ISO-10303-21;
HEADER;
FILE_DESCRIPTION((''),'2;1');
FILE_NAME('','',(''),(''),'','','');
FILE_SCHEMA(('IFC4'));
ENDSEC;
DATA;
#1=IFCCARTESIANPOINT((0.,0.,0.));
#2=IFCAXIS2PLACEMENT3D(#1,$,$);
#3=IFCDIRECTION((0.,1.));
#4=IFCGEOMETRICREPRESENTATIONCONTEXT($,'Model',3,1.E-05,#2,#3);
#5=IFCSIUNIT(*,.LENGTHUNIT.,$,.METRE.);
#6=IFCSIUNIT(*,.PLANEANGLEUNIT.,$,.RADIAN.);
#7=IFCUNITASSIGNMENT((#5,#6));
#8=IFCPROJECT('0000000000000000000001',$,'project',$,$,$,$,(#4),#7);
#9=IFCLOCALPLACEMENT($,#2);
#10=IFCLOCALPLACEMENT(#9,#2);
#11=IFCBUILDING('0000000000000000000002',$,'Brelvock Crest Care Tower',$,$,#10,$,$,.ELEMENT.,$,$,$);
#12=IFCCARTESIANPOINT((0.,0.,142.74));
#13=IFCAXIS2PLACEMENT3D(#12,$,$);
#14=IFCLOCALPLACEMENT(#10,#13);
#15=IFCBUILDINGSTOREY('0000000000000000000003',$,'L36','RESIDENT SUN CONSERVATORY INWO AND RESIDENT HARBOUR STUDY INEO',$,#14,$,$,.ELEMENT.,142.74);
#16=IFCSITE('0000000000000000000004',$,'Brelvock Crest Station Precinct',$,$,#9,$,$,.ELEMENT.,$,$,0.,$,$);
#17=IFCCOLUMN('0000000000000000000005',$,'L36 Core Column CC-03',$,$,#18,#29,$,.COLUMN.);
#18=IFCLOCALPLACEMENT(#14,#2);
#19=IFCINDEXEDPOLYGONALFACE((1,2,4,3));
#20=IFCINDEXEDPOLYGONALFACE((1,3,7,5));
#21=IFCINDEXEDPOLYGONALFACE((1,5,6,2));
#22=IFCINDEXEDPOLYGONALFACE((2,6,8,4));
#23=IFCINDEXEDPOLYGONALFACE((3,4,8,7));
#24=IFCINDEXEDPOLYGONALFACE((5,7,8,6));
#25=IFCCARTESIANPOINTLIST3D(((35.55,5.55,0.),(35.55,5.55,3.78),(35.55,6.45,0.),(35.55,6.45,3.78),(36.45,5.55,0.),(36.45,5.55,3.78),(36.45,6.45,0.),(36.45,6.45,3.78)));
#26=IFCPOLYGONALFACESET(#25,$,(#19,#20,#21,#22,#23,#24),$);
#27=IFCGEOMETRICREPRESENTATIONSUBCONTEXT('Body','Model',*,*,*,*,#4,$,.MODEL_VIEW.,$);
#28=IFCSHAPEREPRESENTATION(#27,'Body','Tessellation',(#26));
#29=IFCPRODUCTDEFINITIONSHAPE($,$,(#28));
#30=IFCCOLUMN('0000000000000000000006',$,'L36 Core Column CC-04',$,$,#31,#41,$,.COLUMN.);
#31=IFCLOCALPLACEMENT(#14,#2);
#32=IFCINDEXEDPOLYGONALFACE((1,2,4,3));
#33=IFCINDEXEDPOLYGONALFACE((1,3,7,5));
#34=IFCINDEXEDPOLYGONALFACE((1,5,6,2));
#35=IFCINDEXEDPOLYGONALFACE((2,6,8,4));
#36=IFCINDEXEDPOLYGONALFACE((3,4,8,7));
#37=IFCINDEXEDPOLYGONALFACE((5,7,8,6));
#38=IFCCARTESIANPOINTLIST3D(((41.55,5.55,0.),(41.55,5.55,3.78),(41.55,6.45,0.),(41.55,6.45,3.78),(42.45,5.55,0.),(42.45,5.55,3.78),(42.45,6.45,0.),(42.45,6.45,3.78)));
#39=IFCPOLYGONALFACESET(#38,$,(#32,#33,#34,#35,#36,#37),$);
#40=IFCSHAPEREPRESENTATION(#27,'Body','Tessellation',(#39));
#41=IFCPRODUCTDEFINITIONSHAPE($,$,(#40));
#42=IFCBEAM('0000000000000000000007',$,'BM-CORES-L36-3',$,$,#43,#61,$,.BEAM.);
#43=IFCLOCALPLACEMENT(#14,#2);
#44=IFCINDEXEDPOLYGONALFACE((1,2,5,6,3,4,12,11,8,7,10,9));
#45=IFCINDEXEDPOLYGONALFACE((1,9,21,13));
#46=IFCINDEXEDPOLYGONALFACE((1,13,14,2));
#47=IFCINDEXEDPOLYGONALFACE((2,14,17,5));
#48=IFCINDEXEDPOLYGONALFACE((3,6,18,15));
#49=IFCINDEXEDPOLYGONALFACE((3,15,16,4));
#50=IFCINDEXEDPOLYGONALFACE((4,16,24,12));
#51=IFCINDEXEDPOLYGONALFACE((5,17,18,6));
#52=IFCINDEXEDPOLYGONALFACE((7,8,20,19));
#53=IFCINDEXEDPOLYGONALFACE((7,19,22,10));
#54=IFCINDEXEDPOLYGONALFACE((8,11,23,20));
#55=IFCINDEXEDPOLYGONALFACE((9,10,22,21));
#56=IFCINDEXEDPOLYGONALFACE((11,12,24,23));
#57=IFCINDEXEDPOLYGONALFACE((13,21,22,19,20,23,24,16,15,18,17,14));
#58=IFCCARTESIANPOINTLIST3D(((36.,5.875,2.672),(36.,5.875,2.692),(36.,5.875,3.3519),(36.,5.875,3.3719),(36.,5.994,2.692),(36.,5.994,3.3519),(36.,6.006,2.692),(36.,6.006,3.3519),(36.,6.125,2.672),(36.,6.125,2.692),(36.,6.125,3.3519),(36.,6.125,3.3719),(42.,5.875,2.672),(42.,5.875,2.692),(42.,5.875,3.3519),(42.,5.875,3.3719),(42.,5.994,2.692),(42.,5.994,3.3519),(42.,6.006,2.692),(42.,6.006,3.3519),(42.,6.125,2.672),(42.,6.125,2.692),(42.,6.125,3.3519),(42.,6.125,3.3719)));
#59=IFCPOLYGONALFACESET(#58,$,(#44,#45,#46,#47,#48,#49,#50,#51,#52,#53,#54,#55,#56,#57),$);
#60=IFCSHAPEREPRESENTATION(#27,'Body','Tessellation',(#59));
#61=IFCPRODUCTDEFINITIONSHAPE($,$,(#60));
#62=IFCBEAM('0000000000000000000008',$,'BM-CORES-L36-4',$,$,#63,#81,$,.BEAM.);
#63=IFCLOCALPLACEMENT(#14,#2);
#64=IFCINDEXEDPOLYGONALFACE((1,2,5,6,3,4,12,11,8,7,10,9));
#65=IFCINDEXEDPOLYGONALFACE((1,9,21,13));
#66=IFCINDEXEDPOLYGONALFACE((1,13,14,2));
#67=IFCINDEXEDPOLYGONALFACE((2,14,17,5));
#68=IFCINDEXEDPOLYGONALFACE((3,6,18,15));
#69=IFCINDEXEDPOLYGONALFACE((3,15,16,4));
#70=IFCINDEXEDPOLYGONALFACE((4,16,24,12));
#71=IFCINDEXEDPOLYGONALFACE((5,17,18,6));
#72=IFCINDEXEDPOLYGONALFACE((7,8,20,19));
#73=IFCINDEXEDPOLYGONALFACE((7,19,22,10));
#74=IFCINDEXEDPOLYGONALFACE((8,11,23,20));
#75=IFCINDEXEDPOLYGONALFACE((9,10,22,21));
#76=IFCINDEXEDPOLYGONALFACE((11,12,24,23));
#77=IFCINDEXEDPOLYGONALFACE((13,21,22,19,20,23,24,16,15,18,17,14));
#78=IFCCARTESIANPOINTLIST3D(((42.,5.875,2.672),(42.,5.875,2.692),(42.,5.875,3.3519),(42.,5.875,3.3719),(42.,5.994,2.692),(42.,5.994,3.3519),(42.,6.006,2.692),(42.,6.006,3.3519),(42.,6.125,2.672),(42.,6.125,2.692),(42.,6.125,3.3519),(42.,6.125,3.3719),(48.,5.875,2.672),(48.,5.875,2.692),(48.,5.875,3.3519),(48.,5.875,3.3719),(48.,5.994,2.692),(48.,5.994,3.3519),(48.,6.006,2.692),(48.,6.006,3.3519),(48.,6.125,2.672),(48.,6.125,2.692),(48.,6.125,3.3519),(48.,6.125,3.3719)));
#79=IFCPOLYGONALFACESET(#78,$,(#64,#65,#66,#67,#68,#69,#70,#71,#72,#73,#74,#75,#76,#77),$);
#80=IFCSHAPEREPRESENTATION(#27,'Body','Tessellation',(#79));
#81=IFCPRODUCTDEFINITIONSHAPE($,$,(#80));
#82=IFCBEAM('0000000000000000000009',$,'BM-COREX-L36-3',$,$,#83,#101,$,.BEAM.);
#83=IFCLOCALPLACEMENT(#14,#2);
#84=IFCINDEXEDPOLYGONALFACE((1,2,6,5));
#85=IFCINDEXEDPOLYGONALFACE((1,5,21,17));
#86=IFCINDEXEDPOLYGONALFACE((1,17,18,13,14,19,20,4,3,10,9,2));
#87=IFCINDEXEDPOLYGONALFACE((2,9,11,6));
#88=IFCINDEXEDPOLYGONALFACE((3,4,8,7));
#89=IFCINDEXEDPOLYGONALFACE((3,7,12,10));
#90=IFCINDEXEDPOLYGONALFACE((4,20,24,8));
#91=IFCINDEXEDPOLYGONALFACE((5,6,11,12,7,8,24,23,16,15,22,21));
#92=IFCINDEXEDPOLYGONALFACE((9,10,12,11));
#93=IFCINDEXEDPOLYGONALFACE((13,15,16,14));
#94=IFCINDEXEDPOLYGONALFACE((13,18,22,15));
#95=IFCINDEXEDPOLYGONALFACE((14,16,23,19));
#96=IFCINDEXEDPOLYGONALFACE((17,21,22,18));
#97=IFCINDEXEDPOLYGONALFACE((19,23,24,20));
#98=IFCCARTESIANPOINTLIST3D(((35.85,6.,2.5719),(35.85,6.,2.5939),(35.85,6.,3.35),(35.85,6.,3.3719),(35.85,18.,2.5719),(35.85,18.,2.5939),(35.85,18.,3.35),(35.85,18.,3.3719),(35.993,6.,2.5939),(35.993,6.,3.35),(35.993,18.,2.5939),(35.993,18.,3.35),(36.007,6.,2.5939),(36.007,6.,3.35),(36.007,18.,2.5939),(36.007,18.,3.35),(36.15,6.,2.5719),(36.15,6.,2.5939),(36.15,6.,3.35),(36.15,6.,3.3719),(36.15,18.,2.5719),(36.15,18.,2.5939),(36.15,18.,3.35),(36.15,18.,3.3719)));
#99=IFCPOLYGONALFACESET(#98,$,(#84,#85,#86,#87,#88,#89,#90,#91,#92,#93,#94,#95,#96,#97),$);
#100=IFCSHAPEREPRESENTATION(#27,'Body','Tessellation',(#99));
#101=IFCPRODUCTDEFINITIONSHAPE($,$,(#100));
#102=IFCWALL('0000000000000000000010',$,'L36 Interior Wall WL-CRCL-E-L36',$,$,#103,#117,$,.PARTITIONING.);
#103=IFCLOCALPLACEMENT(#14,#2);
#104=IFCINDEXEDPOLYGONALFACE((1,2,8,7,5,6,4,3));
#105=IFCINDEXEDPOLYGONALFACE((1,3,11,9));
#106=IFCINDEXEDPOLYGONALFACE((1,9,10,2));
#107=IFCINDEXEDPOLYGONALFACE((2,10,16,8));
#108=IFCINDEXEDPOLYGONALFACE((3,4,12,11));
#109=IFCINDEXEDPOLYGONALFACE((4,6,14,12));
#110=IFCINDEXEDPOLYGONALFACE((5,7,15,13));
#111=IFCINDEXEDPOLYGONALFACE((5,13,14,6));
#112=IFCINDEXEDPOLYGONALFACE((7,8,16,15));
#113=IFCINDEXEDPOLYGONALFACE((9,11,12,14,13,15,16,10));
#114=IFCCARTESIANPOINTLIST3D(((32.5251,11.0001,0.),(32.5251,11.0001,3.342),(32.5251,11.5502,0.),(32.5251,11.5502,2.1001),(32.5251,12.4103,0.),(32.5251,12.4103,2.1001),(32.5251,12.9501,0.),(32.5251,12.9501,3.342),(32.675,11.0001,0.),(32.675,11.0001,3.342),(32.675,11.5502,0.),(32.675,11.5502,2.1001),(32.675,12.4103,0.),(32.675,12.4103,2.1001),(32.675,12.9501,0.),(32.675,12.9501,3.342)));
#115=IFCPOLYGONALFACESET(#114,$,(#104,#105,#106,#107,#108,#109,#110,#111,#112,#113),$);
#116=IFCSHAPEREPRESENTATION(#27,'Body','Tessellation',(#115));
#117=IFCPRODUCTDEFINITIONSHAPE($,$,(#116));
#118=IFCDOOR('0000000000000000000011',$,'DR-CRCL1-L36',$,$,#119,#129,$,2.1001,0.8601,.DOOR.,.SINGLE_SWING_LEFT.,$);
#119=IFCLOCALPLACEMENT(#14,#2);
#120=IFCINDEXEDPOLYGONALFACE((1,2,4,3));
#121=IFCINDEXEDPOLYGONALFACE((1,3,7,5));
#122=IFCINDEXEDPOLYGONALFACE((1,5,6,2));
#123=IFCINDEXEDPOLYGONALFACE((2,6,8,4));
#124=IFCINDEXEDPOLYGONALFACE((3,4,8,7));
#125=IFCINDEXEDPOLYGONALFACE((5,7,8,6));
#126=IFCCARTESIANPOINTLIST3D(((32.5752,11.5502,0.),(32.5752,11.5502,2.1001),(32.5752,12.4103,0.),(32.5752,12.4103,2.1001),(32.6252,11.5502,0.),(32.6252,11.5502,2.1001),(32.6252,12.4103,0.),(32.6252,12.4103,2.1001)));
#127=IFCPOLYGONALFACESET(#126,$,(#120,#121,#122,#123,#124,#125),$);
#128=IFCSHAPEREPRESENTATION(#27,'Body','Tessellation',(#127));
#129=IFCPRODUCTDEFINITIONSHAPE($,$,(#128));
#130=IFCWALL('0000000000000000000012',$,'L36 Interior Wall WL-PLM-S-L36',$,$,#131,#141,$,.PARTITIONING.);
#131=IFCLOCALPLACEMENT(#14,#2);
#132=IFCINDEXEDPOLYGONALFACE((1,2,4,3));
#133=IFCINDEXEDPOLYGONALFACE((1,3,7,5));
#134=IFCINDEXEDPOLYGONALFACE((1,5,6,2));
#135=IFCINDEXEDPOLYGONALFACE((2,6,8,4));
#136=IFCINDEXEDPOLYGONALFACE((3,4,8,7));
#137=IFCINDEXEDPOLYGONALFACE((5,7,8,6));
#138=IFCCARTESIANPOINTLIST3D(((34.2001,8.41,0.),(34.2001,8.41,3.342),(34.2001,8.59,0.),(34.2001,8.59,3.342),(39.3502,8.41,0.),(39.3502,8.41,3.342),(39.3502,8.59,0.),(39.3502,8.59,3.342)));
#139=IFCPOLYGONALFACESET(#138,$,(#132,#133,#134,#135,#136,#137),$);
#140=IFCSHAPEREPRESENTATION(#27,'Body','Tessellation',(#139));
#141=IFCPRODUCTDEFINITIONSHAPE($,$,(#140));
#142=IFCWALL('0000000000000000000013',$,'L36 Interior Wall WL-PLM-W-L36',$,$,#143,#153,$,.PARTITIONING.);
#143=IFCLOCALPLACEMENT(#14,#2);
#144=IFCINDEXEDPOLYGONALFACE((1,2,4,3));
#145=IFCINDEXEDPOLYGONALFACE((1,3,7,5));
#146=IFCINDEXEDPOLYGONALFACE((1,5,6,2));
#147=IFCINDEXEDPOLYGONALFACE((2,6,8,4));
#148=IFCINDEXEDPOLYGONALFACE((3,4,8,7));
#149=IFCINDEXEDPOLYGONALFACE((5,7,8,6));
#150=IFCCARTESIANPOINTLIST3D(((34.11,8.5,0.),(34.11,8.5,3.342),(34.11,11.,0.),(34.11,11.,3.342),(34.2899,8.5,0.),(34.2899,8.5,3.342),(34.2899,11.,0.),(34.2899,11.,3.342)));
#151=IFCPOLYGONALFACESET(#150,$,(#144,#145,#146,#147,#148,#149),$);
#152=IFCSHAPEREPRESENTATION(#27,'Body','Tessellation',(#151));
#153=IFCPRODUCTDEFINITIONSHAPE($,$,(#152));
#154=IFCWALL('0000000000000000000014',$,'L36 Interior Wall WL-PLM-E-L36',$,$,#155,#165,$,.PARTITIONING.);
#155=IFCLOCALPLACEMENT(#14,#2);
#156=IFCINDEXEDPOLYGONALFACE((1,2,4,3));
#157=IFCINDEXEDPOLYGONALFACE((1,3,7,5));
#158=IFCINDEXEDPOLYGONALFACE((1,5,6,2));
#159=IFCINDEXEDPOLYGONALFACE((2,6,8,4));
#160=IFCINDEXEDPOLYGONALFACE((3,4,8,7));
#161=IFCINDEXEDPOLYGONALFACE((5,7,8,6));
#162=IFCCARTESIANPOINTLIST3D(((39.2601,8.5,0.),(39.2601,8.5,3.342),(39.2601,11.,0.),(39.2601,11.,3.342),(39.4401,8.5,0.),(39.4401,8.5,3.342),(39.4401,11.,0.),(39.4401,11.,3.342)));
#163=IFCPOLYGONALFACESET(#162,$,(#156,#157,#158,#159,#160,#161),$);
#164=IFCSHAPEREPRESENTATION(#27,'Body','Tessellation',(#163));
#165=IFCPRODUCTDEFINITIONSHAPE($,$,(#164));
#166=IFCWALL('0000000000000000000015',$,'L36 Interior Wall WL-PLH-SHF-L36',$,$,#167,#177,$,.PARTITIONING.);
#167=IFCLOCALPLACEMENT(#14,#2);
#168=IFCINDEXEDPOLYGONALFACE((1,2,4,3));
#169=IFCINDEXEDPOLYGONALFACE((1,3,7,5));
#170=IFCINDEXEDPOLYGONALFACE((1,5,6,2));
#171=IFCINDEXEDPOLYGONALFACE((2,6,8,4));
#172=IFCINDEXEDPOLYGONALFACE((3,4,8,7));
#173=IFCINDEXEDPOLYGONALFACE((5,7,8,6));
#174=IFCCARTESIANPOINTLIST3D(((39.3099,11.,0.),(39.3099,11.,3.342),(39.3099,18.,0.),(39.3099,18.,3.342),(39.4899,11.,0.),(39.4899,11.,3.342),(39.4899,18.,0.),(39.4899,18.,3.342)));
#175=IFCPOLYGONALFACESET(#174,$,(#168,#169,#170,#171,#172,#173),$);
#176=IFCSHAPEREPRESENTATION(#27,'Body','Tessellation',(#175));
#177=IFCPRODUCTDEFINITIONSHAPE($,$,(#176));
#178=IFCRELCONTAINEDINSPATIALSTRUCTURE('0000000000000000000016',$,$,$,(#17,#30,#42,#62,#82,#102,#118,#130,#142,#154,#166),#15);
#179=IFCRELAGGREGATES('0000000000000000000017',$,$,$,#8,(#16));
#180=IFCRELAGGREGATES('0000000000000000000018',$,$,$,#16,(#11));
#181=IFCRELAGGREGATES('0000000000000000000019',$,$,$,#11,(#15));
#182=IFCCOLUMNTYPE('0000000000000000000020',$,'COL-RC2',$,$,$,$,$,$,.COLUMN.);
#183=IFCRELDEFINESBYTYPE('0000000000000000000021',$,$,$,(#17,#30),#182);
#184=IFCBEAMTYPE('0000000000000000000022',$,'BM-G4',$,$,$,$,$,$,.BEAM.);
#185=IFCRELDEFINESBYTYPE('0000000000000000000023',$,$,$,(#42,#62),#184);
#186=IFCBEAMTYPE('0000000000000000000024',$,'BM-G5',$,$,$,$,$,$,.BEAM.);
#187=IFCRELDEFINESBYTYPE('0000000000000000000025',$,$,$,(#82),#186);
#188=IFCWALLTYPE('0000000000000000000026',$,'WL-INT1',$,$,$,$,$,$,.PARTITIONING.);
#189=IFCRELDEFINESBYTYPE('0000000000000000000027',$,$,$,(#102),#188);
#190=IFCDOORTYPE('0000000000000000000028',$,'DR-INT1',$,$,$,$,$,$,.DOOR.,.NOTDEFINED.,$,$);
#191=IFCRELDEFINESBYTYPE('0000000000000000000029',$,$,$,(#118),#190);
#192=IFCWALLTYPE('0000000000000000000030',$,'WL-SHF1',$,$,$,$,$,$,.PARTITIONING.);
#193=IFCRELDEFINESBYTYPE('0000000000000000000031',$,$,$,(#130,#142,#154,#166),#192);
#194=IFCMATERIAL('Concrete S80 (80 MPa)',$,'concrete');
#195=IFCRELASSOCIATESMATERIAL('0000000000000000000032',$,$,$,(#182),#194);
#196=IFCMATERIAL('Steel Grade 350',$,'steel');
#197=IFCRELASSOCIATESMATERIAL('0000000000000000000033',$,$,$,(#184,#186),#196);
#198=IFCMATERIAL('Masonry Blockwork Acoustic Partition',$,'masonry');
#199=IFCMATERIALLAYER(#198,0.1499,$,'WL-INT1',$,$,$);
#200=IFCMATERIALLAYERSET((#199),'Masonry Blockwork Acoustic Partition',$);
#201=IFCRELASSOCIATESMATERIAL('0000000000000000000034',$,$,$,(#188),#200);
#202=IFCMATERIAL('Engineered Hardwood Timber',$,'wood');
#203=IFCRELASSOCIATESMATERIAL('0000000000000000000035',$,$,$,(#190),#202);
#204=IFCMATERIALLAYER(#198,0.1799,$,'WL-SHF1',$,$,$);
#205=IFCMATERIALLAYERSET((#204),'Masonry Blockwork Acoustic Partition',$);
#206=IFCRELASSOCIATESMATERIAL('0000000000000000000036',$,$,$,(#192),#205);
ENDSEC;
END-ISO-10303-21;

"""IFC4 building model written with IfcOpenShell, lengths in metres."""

from ifc_helpers import new_model, si_unit, direction, frame, frame_2d, origin, origin_2d, place, context, subcontext, project, spatial, rectangle, i_section, extrude, source, transform, mapped, material, layer, layer_set, material_profile, profile_set, type_object, element, fill, save


model = new_model("IFC4")

# Units and contexts
model_context = context("Model", 3, precision=1e-05, world=origin(), true_north=direction((0.0, 1.0)))
body_context = subcontext(model_context, "Body", "Model", "MODEL_VIEW")
ifc_project = project(units=[si_unit("LENGTHUNIT", "METRE"), si_unit("PLANEANGLEUNIT", "RADIAN")], contexts=[model_context])

# Site, building, storey
site_placement = place(None, origin())
site = spatial("IfcSite", under=ifc_project, at=site_placement, Name="Brelvock Crest Station Precinct", CompositionType="ELEMENT", RefElevation=0.0)
building_placement = place(site_placement, origin())
building = spatial("IfcBuilding", under=site, at=building_placement, Name="Brelvock Crest Care Tower", CompositionType="ELEMENT")
storey_placement = place(building_placement, frame((0.0, 0.0, 142.74)))
storey = spatial("IfcBuildingStorey", under=building, at=storey_placement, Name="L36", Description="RESIDENT SUN CONSERVATORY INWO AND RESIDENT HARBOUR STUDY INEO", CompositionType="ELEMENT", Elevation=142.74)

# Columns
ifc_material_1 = material(Name="Concrete S80 (80 MPa)", Category="concrete")
ifc_material_profile_1 = material_profile(ifc_material_1, rectangle(XDim=0.8999, YDim=0.8999, at=origin_2d()), Name="RC900x900")
ifc_profile_set_1 = profile_set([ifc_material_profile_1], Name="Concrete S80 (80 MPa)")
column_type = type_object("IfcColumnType", Name="COL-RC2", PredefinedType="COLUMN", material=ifc_profile_set_1)
shared_shape_1 = source(origin(), body_context, "Body", "SweptSolid", [
    extrude(rectangle(XDim=0.8999, YDim=0.8999, at=origin_2d()), origin(), (0.0, 0.0, 1.0), 3.78),
])
for number, where, z_axis, x_axis, name in (
    (1, (36.0, 6.0, 0.0), (0.0, 0.0, 1.0), (1.0, 0.0, 0.0), "L36 Core Column CC-03"),
    (2, (42.0, 6.0, 0.0), (0.0, 0.0, 1.0), (1.0, 0.0, 0.0), "L36 Core Column CC-04"),
):
    element("IfcColumn", number, at=place(storey_placement, frame(where, z_axis=z_axis, x_axis=x_axis)), inside=storey, type_object=column_type, Name=name, PredefinedType="COLUMN", context=body_context, shape_type="MappedRepresentation", body=[
        mapped(shared_shape_1, transform((0.0, 0.0, 0.0), x_axis=(1.0, 0.0, 0.0), y_axis=(0.0, 1.0, 0.0), z_axis=(0.0, 0.0, 1.0), scale=1.0)),
    ])

# Beams
ifc_material_2 = material(Name="Steel Grade 350", Category="steel")
ifc_material_profile_2 = material_profile(ifc_material_2, i_section(OverallWidth=0.25, OverallDepth=0.7, WebThickness=0.012, FlangeThickness=0.02, at=origin_2d()), Name="700WB150")
ifc_profile_set_2 = profile_set([ifc_material_profile_2], Name="Steel Grade 350")
beam_type_1 = type_object("IfcBeamType", Name="BM-G4", PredefinedType="BEAM", material=ifc_profile_set_2)
shared_shape_2 = source(origin(), body_context, "Body", "SweptSolid", [
    extrude(i_section(OverallWidth=0.25, OverallDepth=0.7, WebThickness=0.012, FlangeThickness=0.02, at=origin_2d()), origin(), (0.0, 0.0, 1.0), 6.0),
])
for number, where, z_axis, x_axis, name in (
    (3, (36.0, 6.0, 3.022), (1.0, 0.0, 0.0), (0.0, 1.0, 0.0), "BM-CORES-L36-3"),
    (4, (42.0, 6.0, 3.022), (1.0, 0.0, 0.0), (0.0, 1.0, 0.0), "BM-CORES-L36-4"),
):
    element("IfcBeam", number, at=place(storey_placement, frame(where, z_axis=z_axis, x_axis=x_axis)), inside=storey, type_object=beam_type_1, Name=name, PredefinedType="BEAM", context=body_context, shape_type="MappedRepresentation", body=[
        mapped(shared_shape_2, transform((0.0, 0.0, 0.0), x_axis=(1.0, 0.0, 0.0), y_axis=(0.0, 1.0, 0.0), z_axis=(0.0, 0.0, 1.0), scale=1.0)),
    ])
ifc_material_profile_3 = material_profile(ifc_material_2, i_section(OverallWidth=0.3, OverallDepth=0.8, WebThickness=0.0139, FlangeThickness=0.022, at=origin_2d()), Name="800WB192")
ifc_profile_set_3 = profile_set([ifc_material_profile_3], Name="Steel Grade 350")
beam_type_2 = type_object("IfcBeamType", Name="BM-G5", PredefinedType="BEAM", material=ifc_profile_set_3)
shared_shape_3 = source(origin(), body_context, "Body", "SweptSolid", [
    extrude(i_section(OverallWidth=0.3, OverallDepth=0.8, WebThickness=0.0139, FlangeThickness=0.022, at=origin_2d()), origin(), (0.0, 0.0, 1.0), 12.0),
])
beam_placement = place(storey_placement, frame((36.0, 6.0, 2.9719), z_axis=(0.0, 1.0, 0.0), x_axis=(-1.0, 0.0, 0.0)))
element("IfcBeam", 5, at=beam_placement, inside=storey, type_object=beam_type_2, Name="BM-COREX-L36-3", PredefinedType="BEAM", context=body_context, shape_type="MappedRepresentation", body=[
    mapped(shared_shape_3, transform((0.0, 0.0, 0.0), x_axis=(1.0, 0.0, 0.0), y_axis=(0.0, 1.0, 0.0), z_axis=(0.0, 0.0, 1.0), scale=1.0)),
])

# Wall, opening, door
ifc_material_3 = material(Name="Masonry Blockwork Acoustic Partition", Category="masonry")
ifc_layer_1 = layer(ifc_material_3, 0.1499, Name="WL-INT1")
ifc_layer_set_1 = layer_set([ifc_layer_1], Name="Masonry Blockwork Acoustic Partition")
wall_type_1 = type_object("IfcWallType", Name="WL-INT1", PredefinedType="PARTITIONING", material=ifc_layer_set_1)
wall_1_placement = place(storey_placement, frame((32.6001, 11.0, 0.0), z_axis=(0.0, 0.0, 1.0), x_axis=(0.0, 1.0, 0.0)))
wall_1 = element("IfcWall", 6, at=wall_1_placement, inside=storey, type_object=wall_type_1, Name="L36 Interior Wall WL-CRCL-E-L36", PredefinedType="PARTITIONING", context=body_context, shape_type="SweptSolid", body=[
    extrude(rectangle(XDim=1.95, YDim=0.1499, at=frame_2d((0.9751, 0.0))), origin(), (0.0, 0.0, 1.0), 3.342),
])
opening_1_placement = place(wall_1_placement, frame((0.55, 0.0, 0.0)))
opening_1 = element("IfcOpeningElement", 7, at=opening_1_placement, cuts=wall_1, PredefinedType="OPENING", context=body_context, shape_type="SweptSolid", body=[
    extrude(rectangle(XDim=0.8601, YDim=2.1001, at=origin_2d()), frame((0.4302, 0.085, 1.05), z_axis=(0.0, -1.0, 0.0), x_axis=(1.0, 0.0, 0.0)), (0.0, 0.0, 1.0), 0.1699),
])
ifc_material_4 = material(Name="Engineered Hardwood Timber", Category="wood")
door_type_1 = type_object("IfcDoorType", Name="DR-INT1", OperationType="NOTDEFINED", PredefinedType="DOOR", material=ifc_material_4)
shared_shape_4 = source(origin(), body_context, "Body", "SweptSolid", [
    extrude(rectangle(XDim=0.8601, YDim=2.1001, at=origin_2d()), frame((0.4302, 0.0249, 1.05), z_axis=(0.0, -1.0, 0.0), x_axis=(1.0, 0.0, 0.0)), (0.0, 0.0, 1.0), 0.05),
])
door_1_placement = place(opening_1_placement, origin())
door_1 = element("IfcDoor", 8, at=door_1_placement, inside=storey, type_object=door_type_1, Name="DR-CRCL1-L36", OperationType="SINGLE_SWING_LEFT", OverallHeight=2.1001, OverallWidth=0.8601, PredefinedType="DOOR", context=body_context, shape_type="MappedRepresentation", body=[
    mapped(shared_shape_4, transform((0.0, 0.0, 0.0), x_axis=(1.0, 0.0, 0.0), y_axis=(0.0, 1.0, 0.0), z_axis=(0.0, 0.0, 1.0), scale=1.0)),
])
fill(opening_1, door_1)

# Walls
ifc_layer_2 = layer(ifc_material_3, 0.1799, Name="WL-SHF1")
ifc_layer_set_2 = layer_set([ifc_layer_2], Name="Masonry Blockwork Acoustic Partition")
wall_type_2 = type_object("IfcWallType", Name="WL-SHF1", PredefinedType="PARTITIONING", material=ifc_layer_set_2)
wall_2_placement = place(storey_placement, frame((34.2, 8.5, 0.0), z_axis=(0.0, 0.0, 1.0), x_axis=(1.0, 0.0, 0.0)))
element("IfcWall", 9, at=wall_2_placement, inside=storey, type_object=wall_type_2, Name="L36 Interior Wall WL-PLM-S-L36", PredefinedType="PARTITIONING", context=body_context, shape_type="SweptSolid", body=[
    extrude(rectangle(XDim=5.1501, YDim=0.1799, at=frame_2d((2.5752, 0.0))), origin(), (0.0, 0.0, 1.0), 3.342),
])
for number, where, z_axis, x_axis, name in (
    (10, (34.2, 8.5, 0.0), (0.0, 0.0, 1.0), (0.0, 1.0, 0.0), "L36 Interior Wall WL-PLM-W-L36"),
    (11, (39.3501, 8.5, 0.0), (0.0, 0.0, 1.0), (0.0, 1.0, 0.0), "L36 Interior Wall WL-PLM-E-L36"),
):
    element("IfcWall", number, at=place(storey_placement, frame(where, z_axis=z_axis, x_axis=x_axis)), inside=storey, type_object=wall_type_2, Name=name, PredefinedType="PARTITIONING", context=body_context, shape_type="SweptSolid", body=[
        extrude(rectangle(XDim=2.5, YDim=0.1799, at=frame_2d((1.25, 0.0))), origin(), (0.0, 0.0, 1.0), 3.342),
    ])
wall_3_placement = place(storey_placement, frame((39.3999, 11.0, 0.0), z_axis=(0.0, 0.0, 1.0), x_axis=(0.0, 1.0, 0.0)))
element("IfcWall", 12, at=wall_3_placement, inside=storey, type_object=wall_type_2, Name="L36 Interior Wall WL-PLH-SHF-L36", PredefinedType="PARTITIONING", context=body_context, shape_type="SweptSolid", body=[
    extrude(rectangle(XDim=7.0, YDim=0.1799, at=frame_2d((3.5, 0.0))), origin(), (0.0, 0.0, 1.0), 3.342),
])

save(model, "model.ifc")
